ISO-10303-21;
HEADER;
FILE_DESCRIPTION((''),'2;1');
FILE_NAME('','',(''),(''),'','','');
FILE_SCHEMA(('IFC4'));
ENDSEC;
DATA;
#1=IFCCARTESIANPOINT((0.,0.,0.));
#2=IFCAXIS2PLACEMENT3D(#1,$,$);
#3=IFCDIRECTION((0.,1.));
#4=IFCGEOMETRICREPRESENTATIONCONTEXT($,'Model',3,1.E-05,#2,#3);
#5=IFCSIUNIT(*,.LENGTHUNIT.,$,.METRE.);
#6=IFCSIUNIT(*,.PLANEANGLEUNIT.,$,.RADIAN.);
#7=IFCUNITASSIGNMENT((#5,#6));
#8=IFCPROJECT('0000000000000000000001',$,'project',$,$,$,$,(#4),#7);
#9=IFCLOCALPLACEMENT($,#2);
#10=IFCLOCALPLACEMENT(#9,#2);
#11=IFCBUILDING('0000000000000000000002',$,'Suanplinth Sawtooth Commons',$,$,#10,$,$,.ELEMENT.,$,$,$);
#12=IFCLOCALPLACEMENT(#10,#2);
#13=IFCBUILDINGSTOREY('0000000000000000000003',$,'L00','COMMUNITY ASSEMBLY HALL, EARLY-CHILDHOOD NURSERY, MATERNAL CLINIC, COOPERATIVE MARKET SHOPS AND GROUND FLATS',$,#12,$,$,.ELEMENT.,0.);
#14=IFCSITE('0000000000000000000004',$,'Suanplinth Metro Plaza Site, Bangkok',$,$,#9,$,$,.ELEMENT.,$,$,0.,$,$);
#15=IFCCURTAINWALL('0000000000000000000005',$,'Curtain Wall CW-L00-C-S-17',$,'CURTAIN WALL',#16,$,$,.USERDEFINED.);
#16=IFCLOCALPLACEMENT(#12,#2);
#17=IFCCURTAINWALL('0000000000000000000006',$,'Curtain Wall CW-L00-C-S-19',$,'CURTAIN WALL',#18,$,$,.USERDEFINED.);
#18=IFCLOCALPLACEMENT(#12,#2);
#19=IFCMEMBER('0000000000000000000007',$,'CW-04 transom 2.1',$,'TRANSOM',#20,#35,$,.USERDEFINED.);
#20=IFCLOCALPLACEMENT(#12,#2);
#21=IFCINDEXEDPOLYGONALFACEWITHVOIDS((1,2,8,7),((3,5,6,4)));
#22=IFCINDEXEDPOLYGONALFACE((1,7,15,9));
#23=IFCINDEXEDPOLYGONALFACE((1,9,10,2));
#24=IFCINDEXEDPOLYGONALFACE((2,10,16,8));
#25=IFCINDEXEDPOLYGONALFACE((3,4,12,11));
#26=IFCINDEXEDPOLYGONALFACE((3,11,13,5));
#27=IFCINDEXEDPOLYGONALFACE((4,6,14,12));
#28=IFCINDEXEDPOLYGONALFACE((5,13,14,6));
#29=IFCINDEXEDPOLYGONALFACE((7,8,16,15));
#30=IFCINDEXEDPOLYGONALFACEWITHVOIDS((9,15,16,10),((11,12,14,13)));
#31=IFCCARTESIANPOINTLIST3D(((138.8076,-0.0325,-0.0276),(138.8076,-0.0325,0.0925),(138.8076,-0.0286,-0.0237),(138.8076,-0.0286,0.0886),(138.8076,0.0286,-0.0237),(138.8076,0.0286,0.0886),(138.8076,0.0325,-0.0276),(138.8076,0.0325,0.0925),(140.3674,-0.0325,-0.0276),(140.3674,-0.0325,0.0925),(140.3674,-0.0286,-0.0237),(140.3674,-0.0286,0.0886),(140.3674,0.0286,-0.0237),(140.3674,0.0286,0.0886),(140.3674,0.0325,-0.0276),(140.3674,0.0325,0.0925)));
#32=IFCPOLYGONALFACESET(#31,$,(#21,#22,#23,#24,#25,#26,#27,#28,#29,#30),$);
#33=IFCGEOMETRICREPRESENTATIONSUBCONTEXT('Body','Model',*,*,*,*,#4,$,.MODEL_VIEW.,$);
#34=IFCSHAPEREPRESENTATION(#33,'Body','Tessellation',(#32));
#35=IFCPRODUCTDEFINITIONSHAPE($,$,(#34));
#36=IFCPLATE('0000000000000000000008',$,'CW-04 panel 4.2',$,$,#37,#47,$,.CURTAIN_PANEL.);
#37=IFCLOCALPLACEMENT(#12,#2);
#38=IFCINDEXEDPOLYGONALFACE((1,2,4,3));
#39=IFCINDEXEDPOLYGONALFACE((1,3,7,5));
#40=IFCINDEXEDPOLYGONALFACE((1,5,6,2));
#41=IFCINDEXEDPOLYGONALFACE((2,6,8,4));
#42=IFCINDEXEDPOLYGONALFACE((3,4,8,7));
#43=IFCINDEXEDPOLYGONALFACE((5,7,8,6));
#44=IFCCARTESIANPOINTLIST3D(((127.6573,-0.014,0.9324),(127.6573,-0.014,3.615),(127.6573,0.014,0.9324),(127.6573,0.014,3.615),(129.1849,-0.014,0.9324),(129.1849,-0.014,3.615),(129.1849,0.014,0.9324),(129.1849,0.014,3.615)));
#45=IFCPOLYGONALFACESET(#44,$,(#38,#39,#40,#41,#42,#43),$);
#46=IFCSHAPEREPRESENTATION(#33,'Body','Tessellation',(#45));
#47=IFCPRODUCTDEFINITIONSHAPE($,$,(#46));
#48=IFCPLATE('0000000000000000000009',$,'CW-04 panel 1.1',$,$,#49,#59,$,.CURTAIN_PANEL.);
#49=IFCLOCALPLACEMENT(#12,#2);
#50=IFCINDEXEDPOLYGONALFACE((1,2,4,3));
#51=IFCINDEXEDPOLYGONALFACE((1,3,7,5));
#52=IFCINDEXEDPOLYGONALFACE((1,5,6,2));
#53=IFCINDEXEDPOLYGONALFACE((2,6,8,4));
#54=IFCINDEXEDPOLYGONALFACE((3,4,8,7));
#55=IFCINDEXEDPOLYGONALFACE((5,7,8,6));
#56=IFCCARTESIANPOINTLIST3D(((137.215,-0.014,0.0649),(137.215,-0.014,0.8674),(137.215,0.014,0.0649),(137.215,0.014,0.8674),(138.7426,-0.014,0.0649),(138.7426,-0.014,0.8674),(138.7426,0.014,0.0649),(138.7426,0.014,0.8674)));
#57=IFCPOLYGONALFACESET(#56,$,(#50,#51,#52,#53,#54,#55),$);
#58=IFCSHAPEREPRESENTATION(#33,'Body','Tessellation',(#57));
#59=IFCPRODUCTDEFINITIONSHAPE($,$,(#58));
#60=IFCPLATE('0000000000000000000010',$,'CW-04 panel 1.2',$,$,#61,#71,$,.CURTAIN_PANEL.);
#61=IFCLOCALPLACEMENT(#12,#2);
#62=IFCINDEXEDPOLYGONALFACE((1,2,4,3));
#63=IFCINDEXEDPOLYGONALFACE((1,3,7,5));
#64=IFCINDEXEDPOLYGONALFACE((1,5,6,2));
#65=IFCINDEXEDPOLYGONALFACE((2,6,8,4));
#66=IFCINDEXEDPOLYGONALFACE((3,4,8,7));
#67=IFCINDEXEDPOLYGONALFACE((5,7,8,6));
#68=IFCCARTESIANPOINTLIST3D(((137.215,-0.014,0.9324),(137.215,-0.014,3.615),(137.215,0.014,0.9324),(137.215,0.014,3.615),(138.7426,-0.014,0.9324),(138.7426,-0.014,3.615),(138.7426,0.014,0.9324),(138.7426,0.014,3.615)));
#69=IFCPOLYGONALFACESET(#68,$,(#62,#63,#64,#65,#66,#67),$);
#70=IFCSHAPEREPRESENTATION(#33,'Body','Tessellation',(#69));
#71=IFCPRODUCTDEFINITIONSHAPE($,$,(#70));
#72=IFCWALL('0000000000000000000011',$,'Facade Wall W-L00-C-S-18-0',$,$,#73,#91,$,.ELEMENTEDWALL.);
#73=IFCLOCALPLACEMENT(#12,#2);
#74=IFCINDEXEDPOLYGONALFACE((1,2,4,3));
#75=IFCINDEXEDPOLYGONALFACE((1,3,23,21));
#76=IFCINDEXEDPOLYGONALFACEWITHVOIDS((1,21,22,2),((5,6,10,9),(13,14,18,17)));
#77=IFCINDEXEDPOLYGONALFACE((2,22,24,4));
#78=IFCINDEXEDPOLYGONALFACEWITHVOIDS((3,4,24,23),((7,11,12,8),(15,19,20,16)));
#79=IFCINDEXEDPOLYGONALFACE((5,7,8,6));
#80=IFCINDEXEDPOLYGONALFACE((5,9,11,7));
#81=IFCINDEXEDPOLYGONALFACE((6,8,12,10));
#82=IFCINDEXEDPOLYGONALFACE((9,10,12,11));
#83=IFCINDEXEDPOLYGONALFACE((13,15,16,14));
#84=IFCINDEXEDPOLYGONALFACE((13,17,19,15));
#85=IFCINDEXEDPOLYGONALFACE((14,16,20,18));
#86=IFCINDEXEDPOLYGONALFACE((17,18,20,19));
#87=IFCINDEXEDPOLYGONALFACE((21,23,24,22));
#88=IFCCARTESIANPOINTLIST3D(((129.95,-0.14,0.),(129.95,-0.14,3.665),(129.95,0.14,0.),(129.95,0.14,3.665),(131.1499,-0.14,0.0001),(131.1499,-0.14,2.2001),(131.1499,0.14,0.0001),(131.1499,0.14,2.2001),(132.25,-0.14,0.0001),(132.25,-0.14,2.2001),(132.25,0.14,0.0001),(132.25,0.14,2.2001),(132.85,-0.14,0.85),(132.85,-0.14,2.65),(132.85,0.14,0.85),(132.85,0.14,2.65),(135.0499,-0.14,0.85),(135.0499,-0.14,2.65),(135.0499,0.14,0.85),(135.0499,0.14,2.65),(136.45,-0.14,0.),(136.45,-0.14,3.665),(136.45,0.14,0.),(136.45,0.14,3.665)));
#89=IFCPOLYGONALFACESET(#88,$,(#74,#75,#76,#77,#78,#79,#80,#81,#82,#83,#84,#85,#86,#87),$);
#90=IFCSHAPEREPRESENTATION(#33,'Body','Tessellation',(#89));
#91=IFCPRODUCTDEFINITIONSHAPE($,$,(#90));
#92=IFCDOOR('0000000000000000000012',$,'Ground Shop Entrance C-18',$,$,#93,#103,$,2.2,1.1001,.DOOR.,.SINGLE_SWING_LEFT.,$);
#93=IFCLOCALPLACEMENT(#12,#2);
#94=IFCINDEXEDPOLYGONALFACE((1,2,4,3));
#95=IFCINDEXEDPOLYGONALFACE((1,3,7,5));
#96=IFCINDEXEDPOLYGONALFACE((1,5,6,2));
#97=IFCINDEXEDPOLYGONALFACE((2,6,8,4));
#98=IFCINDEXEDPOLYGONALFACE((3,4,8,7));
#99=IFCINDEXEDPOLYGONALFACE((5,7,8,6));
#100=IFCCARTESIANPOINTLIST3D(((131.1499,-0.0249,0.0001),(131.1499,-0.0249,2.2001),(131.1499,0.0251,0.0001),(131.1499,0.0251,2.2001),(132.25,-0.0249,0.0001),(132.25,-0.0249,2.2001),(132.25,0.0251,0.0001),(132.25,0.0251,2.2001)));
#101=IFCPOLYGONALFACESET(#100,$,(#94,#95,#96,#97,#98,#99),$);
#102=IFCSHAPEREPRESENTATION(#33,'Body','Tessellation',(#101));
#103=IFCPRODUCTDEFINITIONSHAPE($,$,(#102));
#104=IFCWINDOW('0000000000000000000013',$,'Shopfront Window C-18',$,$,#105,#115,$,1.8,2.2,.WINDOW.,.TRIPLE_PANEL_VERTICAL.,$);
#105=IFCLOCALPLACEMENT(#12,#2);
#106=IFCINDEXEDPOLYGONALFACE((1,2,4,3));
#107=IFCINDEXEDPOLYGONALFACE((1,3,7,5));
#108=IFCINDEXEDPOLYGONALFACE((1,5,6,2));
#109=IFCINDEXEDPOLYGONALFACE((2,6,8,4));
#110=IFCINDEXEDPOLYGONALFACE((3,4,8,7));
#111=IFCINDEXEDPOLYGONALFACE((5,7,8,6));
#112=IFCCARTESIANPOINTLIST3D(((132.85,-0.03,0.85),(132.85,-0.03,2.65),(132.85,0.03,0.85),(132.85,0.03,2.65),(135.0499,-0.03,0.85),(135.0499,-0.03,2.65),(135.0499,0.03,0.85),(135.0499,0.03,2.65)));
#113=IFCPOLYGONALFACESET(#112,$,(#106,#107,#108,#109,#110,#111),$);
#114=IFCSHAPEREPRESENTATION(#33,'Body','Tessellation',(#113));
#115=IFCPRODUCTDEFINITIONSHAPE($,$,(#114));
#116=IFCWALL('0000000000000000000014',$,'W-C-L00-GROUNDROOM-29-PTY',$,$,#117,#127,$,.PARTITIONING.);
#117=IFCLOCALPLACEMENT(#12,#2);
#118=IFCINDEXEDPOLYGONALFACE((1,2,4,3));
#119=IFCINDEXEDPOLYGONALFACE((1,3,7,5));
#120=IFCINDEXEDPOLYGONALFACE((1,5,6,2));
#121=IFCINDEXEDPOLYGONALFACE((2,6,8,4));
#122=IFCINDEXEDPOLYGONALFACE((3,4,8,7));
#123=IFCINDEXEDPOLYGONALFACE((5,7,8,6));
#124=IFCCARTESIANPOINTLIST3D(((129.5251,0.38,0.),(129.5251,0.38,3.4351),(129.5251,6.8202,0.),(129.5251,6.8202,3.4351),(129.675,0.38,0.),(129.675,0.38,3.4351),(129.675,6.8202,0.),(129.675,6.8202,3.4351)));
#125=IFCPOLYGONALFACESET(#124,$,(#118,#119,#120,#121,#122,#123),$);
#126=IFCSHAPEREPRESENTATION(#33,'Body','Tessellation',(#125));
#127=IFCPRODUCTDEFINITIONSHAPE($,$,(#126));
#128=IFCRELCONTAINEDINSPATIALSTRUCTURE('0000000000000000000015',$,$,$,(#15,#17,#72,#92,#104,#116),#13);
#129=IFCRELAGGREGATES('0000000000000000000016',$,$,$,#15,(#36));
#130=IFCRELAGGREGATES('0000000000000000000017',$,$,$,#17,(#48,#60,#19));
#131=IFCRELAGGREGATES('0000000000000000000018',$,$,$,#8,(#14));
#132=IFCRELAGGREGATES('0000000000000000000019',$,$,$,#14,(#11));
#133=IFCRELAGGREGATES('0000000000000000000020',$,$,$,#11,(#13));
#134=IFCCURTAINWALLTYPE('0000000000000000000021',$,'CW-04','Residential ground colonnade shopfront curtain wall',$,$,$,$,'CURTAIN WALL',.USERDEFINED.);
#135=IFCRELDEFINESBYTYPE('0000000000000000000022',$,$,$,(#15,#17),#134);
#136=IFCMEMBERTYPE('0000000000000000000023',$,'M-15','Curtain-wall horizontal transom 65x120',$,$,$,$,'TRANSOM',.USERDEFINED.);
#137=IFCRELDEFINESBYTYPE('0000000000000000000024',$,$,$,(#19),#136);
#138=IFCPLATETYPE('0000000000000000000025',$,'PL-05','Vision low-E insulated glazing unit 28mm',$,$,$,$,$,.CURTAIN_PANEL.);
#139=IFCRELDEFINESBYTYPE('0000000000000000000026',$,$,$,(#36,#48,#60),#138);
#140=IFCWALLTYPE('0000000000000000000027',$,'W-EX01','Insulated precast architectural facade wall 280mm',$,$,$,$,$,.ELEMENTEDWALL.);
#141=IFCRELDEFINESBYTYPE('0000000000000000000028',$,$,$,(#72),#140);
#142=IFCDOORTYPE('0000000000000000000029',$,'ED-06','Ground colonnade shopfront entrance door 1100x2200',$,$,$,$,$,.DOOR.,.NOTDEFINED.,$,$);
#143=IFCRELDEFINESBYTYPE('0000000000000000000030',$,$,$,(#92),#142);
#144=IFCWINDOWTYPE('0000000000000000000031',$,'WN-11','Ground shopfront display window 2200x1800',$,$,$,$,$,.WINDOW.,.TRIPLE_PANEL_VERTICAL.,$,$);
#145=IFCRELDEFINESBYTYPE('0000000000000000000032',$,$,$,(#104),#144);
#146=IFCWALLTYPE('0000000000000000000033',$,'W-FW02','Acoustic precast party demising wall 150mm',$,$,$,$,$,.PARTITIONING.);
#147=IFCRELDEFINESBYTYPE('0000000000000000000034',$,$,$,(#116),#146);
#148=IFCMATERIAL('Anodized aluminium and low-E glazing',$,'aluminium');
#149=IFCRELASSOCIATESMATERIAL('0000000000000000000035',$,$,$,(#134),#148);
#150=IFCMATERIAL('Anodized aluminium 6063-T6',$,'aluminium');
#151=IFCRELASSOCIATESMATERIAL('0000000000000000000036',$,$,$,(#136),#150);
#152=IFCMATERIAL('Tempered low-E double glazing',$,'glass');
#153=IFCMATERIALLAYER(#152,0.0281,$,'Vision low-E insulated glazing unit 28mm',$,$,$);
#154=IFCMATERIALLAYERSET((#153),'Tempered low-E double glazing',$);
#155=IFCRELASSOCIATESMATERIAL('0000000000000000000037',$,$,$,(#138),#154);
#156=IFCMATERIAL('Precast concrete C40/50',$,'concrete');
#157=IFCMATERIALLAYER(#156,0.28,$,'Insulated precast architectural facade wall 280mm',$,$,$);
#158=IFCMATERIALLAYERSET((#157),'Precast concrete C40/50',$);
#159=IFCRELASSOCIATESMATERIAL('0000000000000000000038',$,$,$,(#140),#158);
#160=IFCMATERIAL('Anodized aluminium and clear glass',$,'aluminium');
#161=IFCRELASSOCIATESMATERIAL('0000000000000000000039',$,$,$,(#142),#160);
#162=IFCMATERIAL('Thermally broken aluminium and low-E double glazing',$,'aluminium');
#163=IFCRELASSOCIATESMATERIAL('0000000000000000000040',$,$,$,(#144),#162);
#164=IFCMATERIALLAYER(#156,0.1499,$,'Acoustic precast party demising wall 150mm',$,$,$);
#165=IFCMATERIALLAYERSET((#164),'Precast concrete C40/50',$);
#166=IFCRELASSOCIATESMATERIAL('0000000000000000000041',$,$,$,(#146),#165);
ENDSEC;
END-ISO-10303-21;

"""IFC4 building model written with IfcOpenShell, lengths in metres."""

from ifc_helpers import new_model, si_unit, direction, frame, frame_2d, origin, origin_2d, place, context, subcontext, project, spatial, rectangle, hollow_rectangle, extrude, material, layer, layer_set, material_profile, profile_set, type_object, element, fill, aggregate, save


model = new_model("IFC4")

# Units and contexts
model_context = context("Model", 3, precision=1e-05, world=origin(), true_north=direction((0.0, 1.0)))
body_context = subcontext(model_context, "Body", "Model", "MODEL_VIEW")
ifc_project = project(units=[si_unit("LENGTHUNIT", "METRE"), si_unit("PLANEANGLEUNIT", "RADIAN")], contexts=[model_context])

# Site, building, storey
site_placement = place(None, origin())
site = spatial("IfcSite", under=ifc_project, at=site_placement, Name="Suanplinth Metro Plaza Site, Bangkok", CompositionType="ELEMENT", RefElevation=0.0)
building_placement = place(site_placement, origin())
building = spatial("IfcBuilding", under=site, at=building_placement, Name="Suanplinth Sawtooth Commons", CompositionType="ELEMENT")
storey_placement = place(building_placement, origin())
storey = spatial("IfcBuildingStorey", under=building, at=storey_placement, Name="L00", Description="COMMUNITY ASSEMBLY HALL, EARLY-CHILDHOOD NURSERY, MATERNAL CLINIC, COOPERATIVE MARKET SHOPS AND GROUND FLATS", CompositionType="ELEMENT", Elevation=0.0)

# Shared definitions
ifc_material_1 = material(Name="Precast concrete C40/50", Category="concrete")

# Curtain wall
ifc_material_2 = material(Name="Anodized aluminium and low-E glazing", Category="aluminium")
curtain_wall_type = type_object("IfcCurtainWallType", Name="CW-04", Description="Residential ground colonnade shopfront curtain wall", ElementType="CURTAIN WALL", PredefinedType="USERDEFINED", material=ifc_material_2)
curtain_wall_1_placement = place(storey_placement, origin())
curtain_wall_1 = element("IfcCurtainWall", 1, at=curtain_wall_1_placement, inside=storey, type_object=curtain_wall_type, Name="Curtain Wall CW-L00-C-S-17", ObjectType="CURTAIN WALL", PredefinedType="USERDEFINED")
ifc_material_3 = material(Name="Anodized aluminium 6063-T6", Category="aluminium")

# Curtain wall, member
curtain_wall_2_placement = place(storey_placement, origin())
curtain_wall_2 = element("IfcCurtainWall", 2, at=curtain_wall_2_placement, inside=storey, type_object=curtain_wall_type, Name="Curtain Wall CW-L00-C-S-19", ObjectType="CURTAIN WALL", PredefinedType="USERDEFINED")
ifc_material_profile_1 = material_profile(ifc_material_3, hollow_rectangle(XDim=0.0649, YDim=0.1201, WallThickness=0.0039, at=origin_2d()), Name="ALU-TRN 65x120")
ifc_profile_set_1 = profile_set([ifc_material_profile_1], Name="Anodized aluminium 6063-T6")
member_type_1 = type_object("IfcMemberType", Name="M-15", Description="Curtain-wall horizontal transom 65x120", ElementType="TRANSOM", PredefinedType="USERDEFINED", material=ifc_profile_set_1)
member_1_placement = place(storey_placement, frame((138.8076, 0.0, 0.0325), z_axis=(1.0, 0.0, 0.0), x_axis=(0.0, 1.0, 0.0)))
member_1 = element("IfcMember", 3, at=member_1_placement, type_object=member_type_1, Name="CW-04 transom 2.1", ObjectType="TRANSOM", PredefinedType="USERDEFINED", context=body_context, shape_type="SweptSolid", body=[
    extrude(hollow_rectangle(XDim=0.0649, YDim=0.1201, WallThickness=0.0039, at=origin_2d()), origin(), (0.0, 0.0, 1.0), 1.5598),
])

# Plates
ifc_material_4 = material(Name="Tempered low-E double glazing", Category="glass")
ifc_layer_1 = layer(ifc_material_4, 0.0281, Name="Vision low-E insulated glazing unit 28mm")
ifc_layer_set_1 = layer_set([ifc_layer_1], Name="Tempered low-E double glazing")
plate_type = type_object("IfcPlateType", Name="PL-05", Description="Vision low-E insulated glazing unit 28mm", PredefinedType="CURTAIN_PANEL", material=ifc_layer_set_1)
plate_1_placement = place(storey_placement, frame((128.4211, 0.0, 0.9324), z_axis=(0.0, 0.0, 1.0), x_axis=(1.0, 0.0, 0.0)))
plate_1 = element("IfcPlate", 4, at=plate_1_placement, type_object=plate_type, Name="CW-04 panel 4.2", PredefinedType="CURTAIN_PANEL", context=body_context, shape_type="SweptSolid", body=[
    extrude(rectangle(XDim=1.5276, YDim=0.0281, at=origin_2d()), origin(), (0.0, 0.0, 1.0), 2.6826),
])
aggregate(curtain_wall_1, [plate_1])
plate_2_placement = place(storey_placement, frame((137.9788, 0.0, 0.0649), z_axis=(0.0, 0.0, 1.0), x_axis=(1.0, 0.0, 0.0)))
plate_2 = element("IfcPlate", 5, at=plate_2_placement, type_object=plate_type, Name="CW-04 panel 1.1", PredefinedType="CURTAIN_PANEL", context=body_context, shape_type="SweptSolid", body=[
    extrude(rectangle(XDim=1.5276, YDim=0.0281, at=origin_2d()), origin(), (0.0, 0.0, 1.0), 0.8025),
])
plate_3_placement = place(storey_placement, frame((137.9788, 0.0, 0.9324), z_axis=(0.0, 0.0, 1.0), x_axis=(1.0, 0.0, 0.0)))
plate_3 = element("IfcPlate", 6, at=plate_3_placement, type_object=plate_type, Name="CW-04 panel 1.2", PredefinedType="CURTAIN_PANEL", context=body_context, shape_type="SweptSolid", body=[
    extrude(rectangle(XDim=1.5276, YDim=0.0281, at=origin_2d()), origin(), (0.0, 0.0, 1.0), 2.6826),
])
aggregate(curtain_wall_2, [plate_2, plate_3, member_1])

# Wall, openings, door, window
ifc_layer_2 = layer(ifc_material_1, 0.28, Name="Insulated precast architectural facade wall 280mm")
ifc_layer_set_2 = layer_set([ifc_layer_2], Name="Precast concrete C40/50")
wall_type_1 = type_object("IfcWallType", Name="W-EX01", Description="Insulated precast architectural facade wall 280mm", PredefinedType="ELEMENTEDWALL", material=ifc_layer_set_2)
wall_1_placement = place(storey_placement, frame((129.95, 0.0, 0.0), z_axis=(0.0, 0.0, 1.0), x_axis=(1.0, 0.0, 0.0)))
wall_1 = element("IfcWall", 7, at=wall_1_placement, inside=storey, type_object=wall_type_1, Name="Facade Wall W-L00-C-S-18-0", PredefinedType="ELEMENTEDWALL", context=body_context, shape_type="SweptSolid", body=[
    extrude(rectangle(XDim=6.5, YDim=0.28, at=frame_2d((3.25, 0.0))), origin(), (0.0, 0.0, 1.0), 3.665),
])
opening_1_placement = place(wall_1_placement, frame((1.2, 0.0, 0.0)))
opening_1 = element("IfcOpeningElement", 8, at=opening_1_placement, cuts=wall_1, PredefinedType="OPENING", context=body_context, shape_type="SweptSolid", body=[
    extrude(rectangle(XDim=1.1001, YDim=2.2, at=frame_2d((0.55, 1.1001))), frame((0.0, 0.1548, 0.0), z_axis=(0.0, -1.0, 0.0), x_axis=(1.0, 0.0, 0.0)), (0.0, 0.0, 1.0), 0.3098),
])
opening_2_placement = place(wall_1_placement, frame((2.8999, 0.0, 0.8501)))
opening_2 = element("IfcOpeningElement", 9, at=opening_2_placement, cuts=wall_1, PredefinedType="OPENING", context=body_context, shape_type="SweptSolid", body=[
    extrude(rectangle(XDim=2.2, YDim=1.8, at=frame_2d((1.1001, 0.8999))), frame((0.0, 0.1548, 0.0), z_axis=(0.0, -1.0, 0.0), x_axis=(1.0, 0.0, 0.0)), (0.0, 0.0, 1.0), 0.3098),
])
ifc_material_5 = material(Name="Anodized aluminium and clear glass", Category="aluminium")
door_type = type_object("IfcDoorType", Name="ED-06", Description="Ground colonnade shopfront entrance door 1100x2200", OperationType="NOTDEFINED", PredefinedType="DOOR", material=ifc_material_5)
door_placement = place(opening_1_placement, frame((1.1001, 0.0, 0.0), z_axis=(0.0, 0.0, 1.0), x_axis=(-1.0, 0.0, 0.0)))
door = element("IfcDoor", 10, at=door_placement, inside=storey, type_object=door_type, Name="Ground Shop Entrance C-18", OperationType="SINGLE_SWING_LEFT", OverallHeight=2.2, OverallWidth=1.1001, PredefinedType="DOOR", context=body_context, shape_type="SweptSolid", body=[
    extrude(rectangle(XDim=1.1001, YDim=2.2, at=frame_2d((0.55, 1.1001))), frame((0.0, 0.0249, 0.0), z_axis=(0.0, -1.0, 0.0), x_axis=(1.0, 0.0, 0.0)), (0.0, 0.0, 1.0), 0.05),
])
fill(opening_1, door)
ifc_material_6 = material(Name="Thermally broken aluminium and low-E double glazing", Category="aluminium")
window_type = type_object("IfcWindowType", Name="WN-11", Description="Ground shopfront display window 2200x1800", PartitioningType="TRIPLE_PANEL_VERTICAL", PredefinedType="WINDOW", material=ifc_material_6)
window_placement = place(opening_2_placement, origin())
window = element("IfcWindow", 11, at=window_placement, inside=storey, type_object=window_type, Name="Shopfront Window C-18", OverallHeight=1.8, OverallWidth=2.2, PartitioningType="TRIPLE_PANEL_VERTICAL", PredefinedType="WINDOW", context=body_context, shape_type="SweptSolid", body=[
    extrude(rectangle(XDim=2.2, YDim=1.8, at=frame_2d((1.1001, 0.8999))), frame((0.0, 0.03, 0.0), z_axis=(0.0, -1.0, 0.0), x_axis=(1.0, 0.0, 0.0)), (0.0, 0.0, 1.0), 0.0601),
])
fill(opening_2, window)

# Wall
ifc_layer_3 = layer(ifc_material_1, 0.1499, Name="Acoustic precast party demising wall 150mm")
ifc_layer_set_3 = layer_set([ifc_layer_3], Name="Precast concrete C40/50")
wall_type_2 = type_object("IfcWallType", Name="W-FW02", Description="Acoustic precast party demising wall 150mm", PredefinedType="PARTITIONING", material=ifc_layer_set_3)
wall_2_placement = place(storey_placement, frame((129.6001, 0.3799, 0.0), z_axis=(0.0, 0.0, 1.0), x_axis=(0.0, 1.0, 0.0)))
element("IfcWall", 12, at=wall_2_placement, inside=storey, type_object=wall_type_2, Name="W-C-L00-GROUNDROOM-29-PTY", PredefinedType="PARTITIONING", context=body_context, shape_type="SweptSolid", body=[
    extrude(rectangle(XDim=6.4402, YDim=0.1499, at=frame_2d((3.2202, 0.0))), origin(), (0.0, 0.0, 1.0), 3.4351),
])

save(model, "model.ifc")
